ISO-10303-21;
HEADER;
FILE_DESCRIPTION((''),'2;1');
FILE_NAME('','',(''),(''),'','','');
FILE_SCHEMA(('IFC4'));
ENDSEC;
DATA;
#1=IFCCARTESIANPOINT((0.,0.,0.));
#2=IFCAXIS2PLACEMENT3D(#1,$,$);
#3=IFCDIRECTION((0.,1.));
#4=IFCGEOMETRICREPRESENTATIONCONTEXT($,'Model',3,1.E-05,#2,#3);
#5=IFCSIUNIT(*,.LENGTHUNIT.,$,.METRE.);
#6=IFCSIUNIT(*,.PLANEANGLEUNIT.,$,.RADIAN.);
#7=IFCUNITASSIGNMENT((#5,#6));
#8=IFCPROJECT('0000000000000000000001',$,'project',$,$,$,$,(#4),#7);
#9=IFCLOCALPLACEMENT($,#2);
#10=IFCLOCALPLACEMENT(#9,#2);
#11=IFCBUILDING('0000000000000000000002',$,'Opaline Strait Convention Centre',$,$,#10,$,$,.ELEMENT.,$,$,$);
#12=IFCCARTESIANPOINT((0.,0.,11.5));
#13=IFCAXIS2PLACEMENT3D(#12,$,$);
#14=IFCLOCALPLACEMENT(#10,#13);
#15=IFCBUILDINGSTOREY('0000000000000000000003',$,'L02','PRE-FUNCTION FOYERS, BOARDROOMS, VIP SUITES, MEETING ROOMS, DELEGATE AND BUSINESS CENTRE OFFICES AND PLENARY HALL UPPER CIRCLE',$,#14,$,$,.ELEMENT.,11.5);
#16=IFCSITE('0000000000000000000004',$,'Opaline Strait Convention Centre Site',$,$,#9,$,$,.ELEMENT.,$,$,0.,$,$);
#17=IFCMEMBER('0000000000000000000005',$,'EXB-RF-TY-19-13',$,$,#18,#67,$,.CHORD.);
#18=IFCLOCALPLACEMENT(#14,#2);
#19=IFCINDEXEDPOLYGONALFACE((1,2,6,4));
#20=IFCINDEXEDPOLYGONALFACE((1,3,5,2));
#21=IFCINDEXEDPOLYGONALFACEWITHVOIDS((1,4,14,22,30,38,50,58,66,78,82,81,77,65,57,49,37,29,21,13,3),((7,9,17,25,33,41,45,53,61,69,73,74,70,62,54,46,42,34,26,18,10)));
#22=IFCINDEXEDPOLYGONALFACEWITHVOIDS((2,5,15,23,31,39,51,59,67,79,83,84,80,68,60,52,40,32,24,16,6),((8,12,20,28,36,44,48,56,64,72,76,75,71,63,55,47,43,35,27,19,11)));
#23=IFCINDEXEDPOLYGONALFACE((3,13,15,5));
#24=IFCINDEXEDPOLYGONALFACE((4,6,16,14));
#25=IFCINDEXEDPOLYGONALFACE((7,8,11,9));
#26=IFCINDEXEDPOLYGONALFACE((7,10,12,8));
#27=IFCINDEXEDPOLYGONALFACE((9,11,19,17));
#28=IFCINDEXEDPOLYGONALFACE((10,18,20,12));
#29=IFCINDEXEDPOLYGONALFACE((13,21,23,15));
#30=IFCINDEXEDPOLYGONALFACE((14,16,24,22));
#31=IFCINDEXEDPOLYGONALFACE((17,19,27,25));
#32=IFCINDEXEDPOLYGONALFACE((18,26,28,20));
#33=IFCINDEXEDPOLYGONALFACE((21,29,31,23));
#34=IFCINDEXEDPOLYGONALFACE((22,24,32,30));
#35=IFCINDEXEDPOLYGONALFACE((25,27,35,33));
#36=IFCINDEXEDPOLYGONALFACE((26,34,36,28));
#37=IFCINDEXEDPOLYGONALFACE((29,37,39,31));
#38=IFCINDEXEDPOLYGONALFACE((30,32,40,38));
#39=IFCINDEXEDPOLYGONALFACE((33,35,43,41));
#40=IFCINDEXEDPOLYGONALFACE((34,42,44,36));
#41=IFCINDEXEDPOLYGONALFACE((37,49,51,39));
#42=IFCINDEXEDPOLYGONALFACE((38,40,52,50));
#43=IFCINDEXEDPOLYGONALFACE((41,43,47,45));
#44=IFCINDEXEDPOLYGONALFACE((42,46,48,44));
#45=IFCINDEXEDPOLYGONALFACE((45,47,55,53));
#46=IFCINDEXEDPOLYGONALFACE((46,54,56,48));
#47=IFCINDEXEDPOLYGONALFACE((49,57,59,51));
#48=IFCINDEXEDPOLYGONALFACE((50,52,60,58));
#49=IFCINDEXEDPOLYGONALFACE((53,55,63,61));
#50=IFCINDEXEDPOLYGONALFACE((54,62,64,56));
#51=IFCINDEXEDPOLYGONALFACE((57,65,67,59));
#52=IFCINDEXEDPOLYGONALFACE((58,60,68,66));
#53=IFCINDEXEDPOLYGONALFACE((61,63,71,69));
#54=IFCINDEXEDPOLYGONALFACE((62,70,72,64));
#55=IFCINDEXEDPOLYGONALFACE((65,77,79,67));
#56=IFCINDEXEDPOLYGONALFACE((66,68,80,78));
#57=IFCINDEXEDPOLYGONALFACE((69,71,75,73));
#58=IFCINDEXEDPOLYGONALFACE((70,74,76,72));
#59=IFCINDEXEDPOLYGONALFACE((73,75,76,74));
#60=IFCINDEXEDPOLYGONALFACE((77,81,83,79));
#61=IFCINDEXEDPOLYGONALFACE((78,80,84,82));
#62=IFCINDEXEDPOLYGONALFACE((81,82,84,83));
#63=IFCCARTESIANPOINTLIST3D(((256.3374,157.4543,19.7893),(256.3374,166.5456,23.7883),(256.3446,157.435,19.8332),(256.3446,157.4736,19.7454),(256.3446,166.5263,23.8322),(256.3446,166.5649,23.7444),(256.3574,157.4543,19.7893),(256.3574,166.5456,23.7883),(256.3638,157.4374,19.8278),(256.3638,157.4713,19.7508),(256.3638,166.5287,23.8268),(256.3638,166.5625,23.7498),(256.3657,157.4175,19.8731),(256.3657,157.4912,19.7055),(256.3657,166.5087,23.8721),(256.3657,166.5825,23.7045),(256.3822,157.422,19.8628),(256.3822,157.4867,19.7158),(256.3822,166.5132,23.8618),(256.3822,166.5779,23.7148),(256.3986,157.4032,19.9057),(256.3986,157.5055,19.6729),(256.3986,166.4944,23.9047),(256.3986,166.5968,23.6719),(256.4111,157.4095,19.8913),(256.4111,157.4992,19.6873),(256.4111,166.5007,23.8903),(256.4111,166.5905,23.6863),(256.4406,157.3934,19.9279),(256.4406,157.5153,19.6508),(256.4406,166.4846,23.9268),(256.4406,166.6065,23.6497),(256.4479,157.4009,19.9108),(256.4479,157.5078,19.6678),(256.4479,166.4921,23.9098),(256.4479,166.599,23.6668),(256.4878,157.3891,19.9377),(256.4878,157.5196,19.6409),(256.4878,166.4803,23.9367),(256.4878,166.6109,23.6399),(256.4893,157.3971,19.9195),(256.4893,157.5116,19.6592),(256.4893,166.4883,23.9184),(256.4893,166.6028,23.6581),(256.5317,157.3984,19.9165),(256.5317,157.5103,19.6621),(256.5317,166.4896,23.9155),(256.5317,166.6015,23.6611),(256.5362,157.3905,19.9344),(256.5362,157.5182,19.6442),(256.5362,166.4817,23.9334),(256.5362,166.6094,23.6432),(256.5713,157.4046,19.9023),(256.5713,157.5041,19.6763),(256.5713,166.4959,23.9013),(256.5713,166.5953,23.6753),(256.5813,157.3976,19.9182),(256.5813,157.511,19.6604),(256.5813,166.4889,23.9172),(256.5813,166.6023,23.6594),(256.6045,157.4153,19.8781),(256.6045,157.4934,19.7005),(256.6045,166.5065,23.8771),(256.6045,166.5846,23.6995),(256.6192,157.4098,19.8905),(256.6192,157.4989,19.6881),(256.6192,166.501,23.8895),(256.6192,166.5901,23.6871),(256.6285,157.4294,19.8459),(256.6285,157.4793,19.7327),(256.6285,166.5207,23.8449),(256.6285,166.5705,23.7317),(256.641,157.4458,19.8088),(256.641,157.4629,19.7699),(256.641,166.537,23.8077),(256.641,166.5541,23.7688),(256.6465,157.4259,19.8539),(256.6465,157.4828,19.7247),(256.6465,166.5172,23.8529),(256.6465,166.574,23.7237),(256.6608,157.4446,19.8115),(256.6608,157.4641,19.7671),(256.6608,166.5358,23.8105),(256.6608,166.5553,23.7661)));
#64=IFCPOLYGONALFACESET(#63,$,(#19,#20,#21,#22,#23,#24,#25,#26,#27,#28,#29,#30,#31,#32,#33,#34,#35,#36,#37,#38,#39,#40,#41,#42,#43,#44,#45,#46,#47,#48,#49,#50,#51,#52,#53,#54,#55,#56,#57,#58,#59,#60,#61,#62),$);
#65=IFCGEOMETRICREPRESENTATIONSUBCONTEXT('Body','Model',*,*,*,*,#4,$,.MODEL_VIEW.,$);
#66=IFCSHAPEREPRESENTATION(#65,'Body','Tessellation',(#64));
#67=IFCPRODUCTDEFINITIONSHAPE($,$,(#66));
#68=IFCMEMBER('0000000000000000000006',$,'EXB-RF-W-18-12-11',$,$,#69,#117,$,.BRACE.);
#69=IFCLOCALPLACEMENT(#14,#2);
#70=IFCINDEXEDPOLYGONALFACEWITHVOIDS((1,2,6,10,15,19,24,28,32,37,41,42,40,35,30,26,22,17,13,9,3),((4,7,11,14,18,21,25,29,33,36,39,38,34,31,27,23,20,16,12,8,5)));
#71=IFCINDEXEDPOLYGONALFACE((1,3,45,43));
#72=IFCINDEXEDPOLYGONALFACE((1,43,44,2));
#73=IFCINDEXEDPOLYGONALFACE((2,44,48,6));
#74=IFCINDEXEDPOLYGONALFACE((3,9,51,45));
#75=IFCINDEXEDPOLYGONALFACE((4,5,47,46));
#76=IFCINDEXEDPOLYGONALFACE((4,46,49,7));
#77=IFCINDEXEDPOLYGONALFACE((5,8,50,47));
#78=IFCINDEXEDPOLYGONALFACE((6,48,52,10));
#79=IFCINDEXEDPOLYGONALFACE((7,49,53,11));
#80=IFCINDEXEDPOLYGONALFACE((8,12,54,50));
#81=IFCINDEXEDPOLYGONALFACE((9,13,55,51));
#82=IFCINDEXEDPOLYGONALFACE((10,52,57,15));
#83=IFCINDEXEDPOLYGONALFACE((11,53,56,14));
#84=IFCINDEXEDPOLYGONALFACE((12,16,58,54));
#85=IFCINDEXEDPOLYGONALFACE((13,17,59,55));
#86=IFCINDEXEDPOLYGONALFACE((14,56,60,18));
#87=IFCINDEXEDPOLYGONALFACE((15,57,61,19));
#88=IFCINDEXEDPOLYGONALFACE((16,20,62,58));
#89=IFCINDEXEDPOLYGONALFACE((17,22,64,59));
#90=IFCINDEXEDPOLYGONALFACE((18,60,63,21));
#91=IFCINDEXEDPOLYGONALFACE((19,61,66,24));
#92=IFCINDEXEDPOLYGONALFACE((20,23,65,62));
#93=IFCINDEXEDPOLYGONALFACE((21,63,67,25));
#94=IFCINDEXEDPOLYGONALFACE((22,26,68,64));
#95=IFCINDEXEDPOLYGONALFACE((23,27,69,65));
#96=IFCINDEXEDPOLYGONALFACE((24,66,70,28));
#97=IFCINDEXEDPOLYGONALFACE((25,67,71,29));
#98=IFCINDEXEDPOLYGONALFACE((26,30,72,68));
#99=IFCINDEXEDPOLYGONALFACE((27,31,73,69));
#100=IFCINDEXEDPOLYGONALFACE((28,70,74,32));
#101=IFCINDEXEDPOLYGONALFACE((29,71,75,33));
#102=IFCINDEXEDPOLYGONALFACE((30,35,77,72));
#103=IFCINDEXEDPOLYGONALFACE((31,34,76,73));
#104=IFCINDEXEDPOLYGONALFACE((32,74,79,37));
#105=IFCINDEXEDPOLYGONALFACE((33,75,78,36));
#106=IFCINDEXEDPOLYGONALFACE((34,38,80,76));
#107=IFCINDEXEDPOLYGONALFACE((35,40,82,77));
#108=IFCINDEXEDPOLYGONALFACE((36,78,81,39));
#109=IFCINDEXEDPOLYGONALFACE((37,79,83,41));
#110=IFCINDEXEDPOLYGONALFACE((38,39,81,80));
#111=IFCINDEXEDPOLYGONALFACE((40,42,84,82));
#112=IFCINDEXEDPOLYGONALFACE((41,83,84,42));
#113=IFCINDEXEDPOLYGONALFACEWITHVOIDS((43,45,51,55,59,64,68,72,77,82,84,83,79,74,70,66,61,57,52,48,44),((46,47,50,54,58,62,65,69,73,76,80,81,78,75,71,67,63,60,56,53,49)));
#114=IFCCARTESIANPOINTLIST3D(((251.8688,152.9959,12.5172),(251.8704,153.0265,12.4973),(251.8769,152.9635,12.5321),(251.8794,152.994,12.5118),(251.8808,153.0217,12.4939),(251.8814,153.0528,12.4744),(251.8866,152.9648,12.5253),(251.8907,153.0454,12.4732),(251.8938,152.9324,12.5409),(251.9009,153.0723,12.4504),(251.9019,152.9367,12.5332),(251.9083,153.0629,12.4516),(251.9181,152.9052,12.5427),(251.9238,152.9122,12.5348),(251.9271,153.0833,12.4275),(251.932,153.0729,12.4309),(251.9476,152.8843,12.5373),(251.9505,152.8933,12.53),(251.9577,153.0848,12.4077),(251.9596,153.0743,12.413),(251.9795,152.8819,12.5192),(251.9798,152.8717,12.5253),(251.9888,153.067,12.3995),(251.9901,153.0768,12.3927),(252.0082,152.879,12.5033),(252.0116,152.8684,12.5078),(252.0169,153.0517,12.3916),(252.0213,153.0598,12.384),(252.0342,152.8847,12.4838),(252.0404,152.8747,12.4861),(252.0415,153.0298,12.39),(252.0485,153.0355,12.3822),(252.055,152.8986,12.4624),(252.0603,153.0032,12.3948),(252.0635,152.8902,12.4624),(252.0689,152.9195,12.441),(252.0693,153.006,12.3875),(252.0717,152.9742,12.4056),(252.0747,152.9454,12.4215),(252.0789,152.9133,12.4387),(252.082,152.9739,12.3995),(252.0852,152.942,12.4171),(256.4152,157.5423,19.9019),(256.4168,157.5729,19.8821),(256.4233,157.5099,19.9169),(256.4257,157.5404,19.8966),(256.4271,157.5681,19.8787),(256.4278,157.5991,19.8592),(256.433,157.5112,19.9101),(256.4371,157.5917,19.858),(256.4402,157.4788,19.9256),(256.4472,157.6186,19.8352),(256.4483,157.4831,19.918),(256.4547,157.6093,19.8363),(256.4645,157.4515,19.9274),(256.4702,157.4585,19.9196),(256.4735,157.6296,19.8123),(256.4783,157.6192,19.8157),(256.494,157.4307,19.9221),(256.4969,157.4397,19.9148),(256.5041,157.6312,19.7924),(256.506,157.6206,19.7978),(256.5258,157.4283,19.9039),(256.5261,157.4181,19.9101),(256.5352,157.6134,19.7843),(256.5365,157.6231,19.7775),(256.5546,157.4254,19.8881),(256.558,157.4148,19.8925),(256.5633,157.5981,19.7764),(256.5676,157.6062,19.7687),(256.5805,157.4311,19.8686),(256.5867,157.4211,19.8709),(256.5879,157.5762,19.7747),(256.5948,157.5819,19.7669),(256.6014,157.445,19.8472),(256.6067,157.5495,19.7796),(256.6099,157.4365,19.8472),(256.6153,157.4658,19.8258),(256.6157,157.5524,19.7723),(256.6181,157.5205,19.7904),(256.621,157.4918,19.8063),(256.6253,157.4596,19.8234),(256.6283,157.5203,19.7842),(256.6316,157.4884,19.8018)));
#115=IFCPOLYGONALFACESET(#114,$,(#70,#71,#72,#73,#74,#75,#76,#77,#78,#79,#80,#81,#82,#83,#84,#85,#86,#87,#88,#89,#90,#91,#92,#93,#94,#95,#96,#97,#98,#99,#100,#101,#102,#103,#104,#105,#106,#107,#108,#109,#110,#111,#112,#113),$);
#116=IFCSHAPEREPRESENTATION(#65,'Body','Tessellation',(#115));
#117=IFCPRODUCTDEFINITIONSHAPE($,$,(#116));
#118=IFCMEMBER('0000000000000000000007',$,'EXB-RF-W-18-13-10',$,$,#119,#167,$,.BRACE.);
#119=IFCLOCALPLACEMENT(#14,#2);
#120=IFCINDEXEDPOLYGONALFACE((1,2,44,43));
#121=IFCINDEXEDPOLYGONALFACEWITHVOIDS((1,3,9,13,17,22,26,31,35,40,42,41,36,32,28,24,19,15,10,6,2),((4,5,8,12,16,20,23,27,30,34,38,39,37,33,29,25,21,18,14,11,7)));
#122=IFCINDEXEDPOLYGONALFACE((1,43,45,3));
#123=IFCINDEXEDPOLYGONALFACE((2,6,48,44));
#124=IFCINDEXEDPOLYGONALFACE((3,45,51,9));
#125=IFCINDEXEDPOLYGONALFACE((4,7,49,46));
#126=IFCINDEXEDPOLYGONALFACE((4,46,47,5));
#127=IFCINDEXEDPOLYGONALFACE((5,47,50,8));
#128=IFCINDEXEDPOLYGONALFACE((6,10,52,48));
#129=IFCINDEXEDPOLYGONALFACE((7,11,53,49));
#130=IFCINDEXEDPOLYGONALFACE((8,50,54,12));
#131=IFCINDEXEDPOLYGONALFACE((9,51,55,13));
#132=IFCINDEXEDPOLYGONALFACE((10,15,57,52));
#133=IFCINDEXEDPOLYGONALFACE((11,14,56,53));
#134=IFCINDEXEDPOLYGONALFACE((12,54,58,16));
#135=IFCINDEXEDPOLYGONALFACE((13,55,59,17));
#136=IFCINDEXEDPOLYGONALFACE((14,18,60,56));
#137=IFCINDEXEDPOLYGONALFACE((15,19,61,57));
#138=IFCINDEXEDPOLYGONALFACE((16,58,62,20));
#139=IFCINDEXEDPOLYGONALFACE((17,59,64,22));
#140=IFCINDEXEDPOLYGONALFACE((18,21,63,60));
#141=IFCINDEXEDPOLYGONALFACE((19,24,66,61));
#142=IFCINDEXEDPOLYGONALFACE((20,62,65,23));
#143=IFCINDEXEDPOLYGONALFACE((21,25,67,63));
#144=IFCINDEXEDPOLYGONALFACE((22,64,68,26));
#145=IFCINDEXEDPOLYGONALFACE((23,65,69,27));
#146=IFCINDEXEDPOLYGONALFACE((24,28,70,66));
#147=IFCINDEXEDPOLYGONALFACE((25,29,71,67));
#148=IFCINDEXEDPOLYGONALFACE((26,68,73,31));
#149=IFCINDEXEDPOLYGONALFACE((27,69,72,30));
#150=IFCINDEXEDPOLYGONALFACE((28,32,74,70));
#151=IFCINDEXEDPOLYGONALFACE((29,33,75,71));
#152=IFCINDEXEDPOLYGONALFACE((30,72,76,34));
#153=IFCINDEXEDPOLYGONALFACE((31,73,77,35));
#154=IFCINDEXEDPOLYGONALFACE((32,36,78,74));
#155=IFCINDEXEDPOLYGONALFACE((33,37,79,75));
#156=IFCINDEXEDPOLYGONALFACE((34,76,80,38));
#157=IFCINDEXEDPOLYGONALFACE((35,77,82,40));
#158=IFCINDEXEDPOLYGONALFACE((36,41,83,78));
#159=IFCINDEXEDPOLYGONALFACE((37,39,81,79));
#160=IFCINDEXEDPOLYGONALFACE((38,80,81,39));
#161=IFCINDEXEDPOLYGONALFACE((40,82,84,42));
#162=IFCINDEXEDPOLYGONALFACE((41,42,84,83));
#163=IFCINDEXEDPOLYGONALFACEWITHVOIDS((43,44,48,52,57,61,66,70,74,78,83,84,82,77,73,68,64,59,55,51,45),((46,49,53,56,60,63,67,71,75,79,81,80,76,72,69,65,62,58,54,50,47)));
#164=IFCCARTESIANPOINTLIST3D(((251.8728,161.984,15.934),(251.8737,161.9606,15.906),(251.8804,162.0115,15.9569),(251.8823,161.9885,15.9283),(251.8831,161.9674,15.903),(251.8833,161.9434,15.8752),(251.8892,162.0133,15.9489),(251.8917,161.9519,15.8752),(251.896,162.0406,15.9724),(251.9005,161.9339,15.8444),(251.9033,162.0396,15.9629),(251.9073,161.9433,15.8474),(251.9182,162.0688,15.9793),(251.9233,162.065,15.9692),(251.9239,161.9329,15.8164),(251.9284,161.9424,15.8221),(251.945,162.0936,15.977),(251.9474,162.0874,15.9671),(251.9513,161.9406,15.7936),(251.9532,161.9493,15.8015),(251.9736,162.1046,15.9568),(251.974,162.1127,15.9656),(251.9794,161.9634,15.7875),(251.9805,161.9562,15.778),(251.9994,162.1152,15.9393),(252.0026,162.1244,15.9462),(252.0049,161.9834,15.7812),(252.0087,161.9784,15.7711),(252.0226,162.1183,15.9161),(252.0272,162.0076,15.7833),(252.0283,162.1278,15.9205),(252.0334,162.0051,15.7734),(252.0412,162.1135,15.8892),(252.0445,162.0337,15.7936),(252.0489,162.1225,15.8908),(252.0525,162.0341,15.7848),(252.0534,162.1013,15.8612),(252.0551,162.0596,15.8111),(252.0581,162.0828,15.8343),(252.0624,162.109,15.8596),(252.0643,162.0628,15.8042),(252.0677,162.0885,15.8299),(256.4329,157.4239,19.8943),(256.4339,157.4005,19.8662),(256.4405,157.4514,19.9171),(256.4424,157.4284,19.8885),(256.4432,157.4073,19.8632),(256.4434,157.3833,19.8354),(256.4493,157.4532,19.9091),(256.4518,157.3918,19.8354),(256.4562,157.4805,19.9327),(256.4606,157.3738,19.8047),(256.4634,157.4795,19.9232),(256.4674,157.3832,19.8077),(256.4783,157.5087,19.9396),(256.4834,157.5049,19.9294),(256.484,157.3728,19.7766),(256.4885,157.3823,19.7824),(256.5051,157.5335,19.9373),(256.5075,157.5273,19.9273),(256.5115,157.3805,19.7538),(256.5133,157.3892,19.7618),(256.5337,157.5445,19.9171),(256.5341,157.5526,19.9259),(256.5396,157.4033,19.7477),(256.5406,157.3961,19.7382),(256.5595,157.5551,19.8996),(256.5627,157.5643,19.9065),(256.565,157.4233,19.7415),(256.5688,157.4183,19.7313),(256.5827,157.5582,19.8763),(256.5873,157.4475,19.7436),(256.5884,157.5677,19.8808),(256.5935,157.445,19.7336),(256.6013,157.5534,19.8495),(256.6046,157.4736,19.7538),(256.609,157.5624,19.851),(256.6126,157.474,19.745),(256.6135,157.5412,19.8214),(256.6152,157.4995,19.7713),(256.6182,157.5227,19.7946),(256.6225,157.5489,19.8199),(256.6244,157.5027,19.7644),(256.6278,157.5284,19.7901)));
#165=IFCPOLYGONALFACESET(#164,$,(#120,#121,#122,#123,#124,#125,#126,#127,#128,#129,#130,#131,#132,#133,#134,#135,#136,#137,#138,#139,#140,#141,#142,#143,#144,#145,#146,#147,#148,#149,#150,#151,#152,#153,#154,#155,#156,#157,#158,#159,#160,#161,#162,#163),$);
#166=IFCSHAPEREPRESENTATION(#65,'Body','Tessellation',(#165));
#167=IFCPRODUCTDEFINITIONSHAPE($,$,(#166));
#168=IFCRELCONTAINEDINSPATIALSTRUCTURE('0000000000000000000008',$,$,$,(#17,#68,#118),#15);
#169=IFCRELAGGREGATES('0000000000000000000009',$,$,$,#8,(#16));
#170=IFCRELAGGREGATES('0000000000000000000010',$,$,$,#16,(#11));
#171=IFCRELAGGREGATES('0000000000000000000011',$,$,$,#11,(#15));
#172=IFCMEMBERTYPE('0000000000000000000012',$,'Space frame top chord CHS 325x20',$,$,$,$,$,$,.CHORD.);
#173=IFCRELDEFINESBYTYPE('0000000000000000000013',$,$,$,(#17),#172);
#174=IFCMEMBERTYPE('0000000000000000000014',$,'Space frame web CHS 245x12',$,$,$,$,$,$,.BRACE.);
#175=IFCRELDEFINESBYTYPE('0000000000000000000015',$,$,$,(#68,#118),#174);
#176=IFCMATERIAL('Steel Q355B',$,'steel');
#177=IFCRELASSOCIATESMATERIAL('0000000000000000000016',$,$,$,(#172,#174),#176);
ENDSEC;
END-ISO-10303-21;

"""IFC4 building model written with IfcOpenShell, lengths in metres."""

from ifc_helpers import new_model, si_unit, direction, frame, origin, origin_2d, place, context, subcontext, project, spatial, hollow_circle, extrude, material, material_profile, profile_set, type_object, element, save


model = new_model("IFC4")

# Units and contexts
model_context = context("Model", 3, precision=1e-05, world=origin(), true_north=direction((0.0, 1.0)))
body_context = subcontext(model_context, "Body", "Model", "MODEL_VIEW")
ifc_project = project(units=[si_unit("LENGTHUNIT", "METRE"), si_unit("PLANEANGLEUNIT", "RADIAN")], contexts=[model_context])

# Site, building, storey
site_placement = place(None, origin())
site = spatial("IfcSite", under=ifc_project, at=site_placement, Name="Opaline Strait Convention Centre Site", CompositionType="ELEMENT", RefElevation=0.0)
building_placement = place(site_placement, origin())
building = spatial("IfcBuilding", under=site, at=building_placement, Name="Opaline Strait Convention Centre", CompositionType="ELEMENT")
storey_placement = place(building_placement, frame((0.0, 0.0, 11.5)))
storey = spatial("IfcBuildingStorey", under=building, at=storey_placement, Name="L02", Description="PRE-FUNCTION FOYERS, BOARDROOMS, VIP SUITES, MEETING ROOMS, DELEGATE AND BUSINESS CENTRE OFFICES AND PLENARY HALL UPPER CIRCLE", CompositionType="ELEMENT", Elevation=11.5)

# Members
ifc_material_1 = material(Name="Steel Q355B", Category="steel")
ifc_material_profile_1 = material_profile(ifc_material_1, hollow_circle(Radius=0.1626, WallThickness=0.02, at=origin_2d()), Name="CHS 325x20")
ifc_profile_set_1 = profile_set([ifc_material_profile_1], Name="Steel Q355B")
member_type_1 = type_object("IfcMemberType", Name="Space frame top chord CHS 325x20", PredefinedType="CHORD", material=ifc_profile_set_1)
member_1_placement = place(storey_placement, frame((256.5, 157.4543, 19.7893), z_axis=(0.0, 0.915358, 0.402641), x_axis=(-1.0, 0.0, 0.0)))
element("IfcMember", 1, at=member_1_placement, inside=storey, type_object=member_type_1, Name="EXB-RF-TY-19-13", PredefinedType="CHORD", context=body_context, shape_type="SweptSolid", body=[
    extrude(hollow_circle(Radius=0.1626, WallThickness=0.02, at=origin_2d()), origin(), (0.0, 0.0, 1.0), 9.9319),
])
ifc_material_profile_2 = material_profile(ifc_material_1, hollow_circle(Radius=0.1226, WallThickness=0.012, at=origin_2d()), Name="CHS 245x12")
ifc_profile_set_2 = profile_set([ifc_material_profile_2], Name="Steel Q355B")
member_type_2 = type_object("IfcMemberType", Name="Space frame web CHS 245x12", PredefinedType="BRACE", material=ifc_profile_set_2)
member_2_placement = place(storey_placement, frame((256.5232, 157.5232, 19.8472), z_axis=(-0.464318, -0.464318, -0.754199), x_axis=(0.707107, -0.707107, 0.0)))
element("IfcMember", 2, at=member_2_placement, inside=storey, type_object=member_type_2, Name="EXB-RF-W-18-12-11", PredefinedType="BRACE", context=body_context, shape_type="SweptSolid", body=[
    extrude(hollow_circle(Radius=0.1226, WallThickness=0.012, at=origin_2d()), origin(), (0.0, 0.0, 1.0), 9.7915),
])
member_3_placement = place(storey_placement, frame((256.53, 157.47, 19.8354), z_axis=(-0.602561, 0.602561, -0.523297), x_axis=(-0.707107, -0.707107, 0.0)))
element("IfcMember", 3, at=member_3_placement, inside=storey, type_object=member_type_2, Name="EXB-RF-W-18-13-10", PredefinedType="BRACE", context=body_context, shape_type="SweptSolid", body=[
    extrude(hollow_circle(Radius=0.1226, WallThickness=0.012, at=origin_2d()), origin(), (0.0, 0.0, 1.0), 7.5679),
])

save(model, "model.ifc")
